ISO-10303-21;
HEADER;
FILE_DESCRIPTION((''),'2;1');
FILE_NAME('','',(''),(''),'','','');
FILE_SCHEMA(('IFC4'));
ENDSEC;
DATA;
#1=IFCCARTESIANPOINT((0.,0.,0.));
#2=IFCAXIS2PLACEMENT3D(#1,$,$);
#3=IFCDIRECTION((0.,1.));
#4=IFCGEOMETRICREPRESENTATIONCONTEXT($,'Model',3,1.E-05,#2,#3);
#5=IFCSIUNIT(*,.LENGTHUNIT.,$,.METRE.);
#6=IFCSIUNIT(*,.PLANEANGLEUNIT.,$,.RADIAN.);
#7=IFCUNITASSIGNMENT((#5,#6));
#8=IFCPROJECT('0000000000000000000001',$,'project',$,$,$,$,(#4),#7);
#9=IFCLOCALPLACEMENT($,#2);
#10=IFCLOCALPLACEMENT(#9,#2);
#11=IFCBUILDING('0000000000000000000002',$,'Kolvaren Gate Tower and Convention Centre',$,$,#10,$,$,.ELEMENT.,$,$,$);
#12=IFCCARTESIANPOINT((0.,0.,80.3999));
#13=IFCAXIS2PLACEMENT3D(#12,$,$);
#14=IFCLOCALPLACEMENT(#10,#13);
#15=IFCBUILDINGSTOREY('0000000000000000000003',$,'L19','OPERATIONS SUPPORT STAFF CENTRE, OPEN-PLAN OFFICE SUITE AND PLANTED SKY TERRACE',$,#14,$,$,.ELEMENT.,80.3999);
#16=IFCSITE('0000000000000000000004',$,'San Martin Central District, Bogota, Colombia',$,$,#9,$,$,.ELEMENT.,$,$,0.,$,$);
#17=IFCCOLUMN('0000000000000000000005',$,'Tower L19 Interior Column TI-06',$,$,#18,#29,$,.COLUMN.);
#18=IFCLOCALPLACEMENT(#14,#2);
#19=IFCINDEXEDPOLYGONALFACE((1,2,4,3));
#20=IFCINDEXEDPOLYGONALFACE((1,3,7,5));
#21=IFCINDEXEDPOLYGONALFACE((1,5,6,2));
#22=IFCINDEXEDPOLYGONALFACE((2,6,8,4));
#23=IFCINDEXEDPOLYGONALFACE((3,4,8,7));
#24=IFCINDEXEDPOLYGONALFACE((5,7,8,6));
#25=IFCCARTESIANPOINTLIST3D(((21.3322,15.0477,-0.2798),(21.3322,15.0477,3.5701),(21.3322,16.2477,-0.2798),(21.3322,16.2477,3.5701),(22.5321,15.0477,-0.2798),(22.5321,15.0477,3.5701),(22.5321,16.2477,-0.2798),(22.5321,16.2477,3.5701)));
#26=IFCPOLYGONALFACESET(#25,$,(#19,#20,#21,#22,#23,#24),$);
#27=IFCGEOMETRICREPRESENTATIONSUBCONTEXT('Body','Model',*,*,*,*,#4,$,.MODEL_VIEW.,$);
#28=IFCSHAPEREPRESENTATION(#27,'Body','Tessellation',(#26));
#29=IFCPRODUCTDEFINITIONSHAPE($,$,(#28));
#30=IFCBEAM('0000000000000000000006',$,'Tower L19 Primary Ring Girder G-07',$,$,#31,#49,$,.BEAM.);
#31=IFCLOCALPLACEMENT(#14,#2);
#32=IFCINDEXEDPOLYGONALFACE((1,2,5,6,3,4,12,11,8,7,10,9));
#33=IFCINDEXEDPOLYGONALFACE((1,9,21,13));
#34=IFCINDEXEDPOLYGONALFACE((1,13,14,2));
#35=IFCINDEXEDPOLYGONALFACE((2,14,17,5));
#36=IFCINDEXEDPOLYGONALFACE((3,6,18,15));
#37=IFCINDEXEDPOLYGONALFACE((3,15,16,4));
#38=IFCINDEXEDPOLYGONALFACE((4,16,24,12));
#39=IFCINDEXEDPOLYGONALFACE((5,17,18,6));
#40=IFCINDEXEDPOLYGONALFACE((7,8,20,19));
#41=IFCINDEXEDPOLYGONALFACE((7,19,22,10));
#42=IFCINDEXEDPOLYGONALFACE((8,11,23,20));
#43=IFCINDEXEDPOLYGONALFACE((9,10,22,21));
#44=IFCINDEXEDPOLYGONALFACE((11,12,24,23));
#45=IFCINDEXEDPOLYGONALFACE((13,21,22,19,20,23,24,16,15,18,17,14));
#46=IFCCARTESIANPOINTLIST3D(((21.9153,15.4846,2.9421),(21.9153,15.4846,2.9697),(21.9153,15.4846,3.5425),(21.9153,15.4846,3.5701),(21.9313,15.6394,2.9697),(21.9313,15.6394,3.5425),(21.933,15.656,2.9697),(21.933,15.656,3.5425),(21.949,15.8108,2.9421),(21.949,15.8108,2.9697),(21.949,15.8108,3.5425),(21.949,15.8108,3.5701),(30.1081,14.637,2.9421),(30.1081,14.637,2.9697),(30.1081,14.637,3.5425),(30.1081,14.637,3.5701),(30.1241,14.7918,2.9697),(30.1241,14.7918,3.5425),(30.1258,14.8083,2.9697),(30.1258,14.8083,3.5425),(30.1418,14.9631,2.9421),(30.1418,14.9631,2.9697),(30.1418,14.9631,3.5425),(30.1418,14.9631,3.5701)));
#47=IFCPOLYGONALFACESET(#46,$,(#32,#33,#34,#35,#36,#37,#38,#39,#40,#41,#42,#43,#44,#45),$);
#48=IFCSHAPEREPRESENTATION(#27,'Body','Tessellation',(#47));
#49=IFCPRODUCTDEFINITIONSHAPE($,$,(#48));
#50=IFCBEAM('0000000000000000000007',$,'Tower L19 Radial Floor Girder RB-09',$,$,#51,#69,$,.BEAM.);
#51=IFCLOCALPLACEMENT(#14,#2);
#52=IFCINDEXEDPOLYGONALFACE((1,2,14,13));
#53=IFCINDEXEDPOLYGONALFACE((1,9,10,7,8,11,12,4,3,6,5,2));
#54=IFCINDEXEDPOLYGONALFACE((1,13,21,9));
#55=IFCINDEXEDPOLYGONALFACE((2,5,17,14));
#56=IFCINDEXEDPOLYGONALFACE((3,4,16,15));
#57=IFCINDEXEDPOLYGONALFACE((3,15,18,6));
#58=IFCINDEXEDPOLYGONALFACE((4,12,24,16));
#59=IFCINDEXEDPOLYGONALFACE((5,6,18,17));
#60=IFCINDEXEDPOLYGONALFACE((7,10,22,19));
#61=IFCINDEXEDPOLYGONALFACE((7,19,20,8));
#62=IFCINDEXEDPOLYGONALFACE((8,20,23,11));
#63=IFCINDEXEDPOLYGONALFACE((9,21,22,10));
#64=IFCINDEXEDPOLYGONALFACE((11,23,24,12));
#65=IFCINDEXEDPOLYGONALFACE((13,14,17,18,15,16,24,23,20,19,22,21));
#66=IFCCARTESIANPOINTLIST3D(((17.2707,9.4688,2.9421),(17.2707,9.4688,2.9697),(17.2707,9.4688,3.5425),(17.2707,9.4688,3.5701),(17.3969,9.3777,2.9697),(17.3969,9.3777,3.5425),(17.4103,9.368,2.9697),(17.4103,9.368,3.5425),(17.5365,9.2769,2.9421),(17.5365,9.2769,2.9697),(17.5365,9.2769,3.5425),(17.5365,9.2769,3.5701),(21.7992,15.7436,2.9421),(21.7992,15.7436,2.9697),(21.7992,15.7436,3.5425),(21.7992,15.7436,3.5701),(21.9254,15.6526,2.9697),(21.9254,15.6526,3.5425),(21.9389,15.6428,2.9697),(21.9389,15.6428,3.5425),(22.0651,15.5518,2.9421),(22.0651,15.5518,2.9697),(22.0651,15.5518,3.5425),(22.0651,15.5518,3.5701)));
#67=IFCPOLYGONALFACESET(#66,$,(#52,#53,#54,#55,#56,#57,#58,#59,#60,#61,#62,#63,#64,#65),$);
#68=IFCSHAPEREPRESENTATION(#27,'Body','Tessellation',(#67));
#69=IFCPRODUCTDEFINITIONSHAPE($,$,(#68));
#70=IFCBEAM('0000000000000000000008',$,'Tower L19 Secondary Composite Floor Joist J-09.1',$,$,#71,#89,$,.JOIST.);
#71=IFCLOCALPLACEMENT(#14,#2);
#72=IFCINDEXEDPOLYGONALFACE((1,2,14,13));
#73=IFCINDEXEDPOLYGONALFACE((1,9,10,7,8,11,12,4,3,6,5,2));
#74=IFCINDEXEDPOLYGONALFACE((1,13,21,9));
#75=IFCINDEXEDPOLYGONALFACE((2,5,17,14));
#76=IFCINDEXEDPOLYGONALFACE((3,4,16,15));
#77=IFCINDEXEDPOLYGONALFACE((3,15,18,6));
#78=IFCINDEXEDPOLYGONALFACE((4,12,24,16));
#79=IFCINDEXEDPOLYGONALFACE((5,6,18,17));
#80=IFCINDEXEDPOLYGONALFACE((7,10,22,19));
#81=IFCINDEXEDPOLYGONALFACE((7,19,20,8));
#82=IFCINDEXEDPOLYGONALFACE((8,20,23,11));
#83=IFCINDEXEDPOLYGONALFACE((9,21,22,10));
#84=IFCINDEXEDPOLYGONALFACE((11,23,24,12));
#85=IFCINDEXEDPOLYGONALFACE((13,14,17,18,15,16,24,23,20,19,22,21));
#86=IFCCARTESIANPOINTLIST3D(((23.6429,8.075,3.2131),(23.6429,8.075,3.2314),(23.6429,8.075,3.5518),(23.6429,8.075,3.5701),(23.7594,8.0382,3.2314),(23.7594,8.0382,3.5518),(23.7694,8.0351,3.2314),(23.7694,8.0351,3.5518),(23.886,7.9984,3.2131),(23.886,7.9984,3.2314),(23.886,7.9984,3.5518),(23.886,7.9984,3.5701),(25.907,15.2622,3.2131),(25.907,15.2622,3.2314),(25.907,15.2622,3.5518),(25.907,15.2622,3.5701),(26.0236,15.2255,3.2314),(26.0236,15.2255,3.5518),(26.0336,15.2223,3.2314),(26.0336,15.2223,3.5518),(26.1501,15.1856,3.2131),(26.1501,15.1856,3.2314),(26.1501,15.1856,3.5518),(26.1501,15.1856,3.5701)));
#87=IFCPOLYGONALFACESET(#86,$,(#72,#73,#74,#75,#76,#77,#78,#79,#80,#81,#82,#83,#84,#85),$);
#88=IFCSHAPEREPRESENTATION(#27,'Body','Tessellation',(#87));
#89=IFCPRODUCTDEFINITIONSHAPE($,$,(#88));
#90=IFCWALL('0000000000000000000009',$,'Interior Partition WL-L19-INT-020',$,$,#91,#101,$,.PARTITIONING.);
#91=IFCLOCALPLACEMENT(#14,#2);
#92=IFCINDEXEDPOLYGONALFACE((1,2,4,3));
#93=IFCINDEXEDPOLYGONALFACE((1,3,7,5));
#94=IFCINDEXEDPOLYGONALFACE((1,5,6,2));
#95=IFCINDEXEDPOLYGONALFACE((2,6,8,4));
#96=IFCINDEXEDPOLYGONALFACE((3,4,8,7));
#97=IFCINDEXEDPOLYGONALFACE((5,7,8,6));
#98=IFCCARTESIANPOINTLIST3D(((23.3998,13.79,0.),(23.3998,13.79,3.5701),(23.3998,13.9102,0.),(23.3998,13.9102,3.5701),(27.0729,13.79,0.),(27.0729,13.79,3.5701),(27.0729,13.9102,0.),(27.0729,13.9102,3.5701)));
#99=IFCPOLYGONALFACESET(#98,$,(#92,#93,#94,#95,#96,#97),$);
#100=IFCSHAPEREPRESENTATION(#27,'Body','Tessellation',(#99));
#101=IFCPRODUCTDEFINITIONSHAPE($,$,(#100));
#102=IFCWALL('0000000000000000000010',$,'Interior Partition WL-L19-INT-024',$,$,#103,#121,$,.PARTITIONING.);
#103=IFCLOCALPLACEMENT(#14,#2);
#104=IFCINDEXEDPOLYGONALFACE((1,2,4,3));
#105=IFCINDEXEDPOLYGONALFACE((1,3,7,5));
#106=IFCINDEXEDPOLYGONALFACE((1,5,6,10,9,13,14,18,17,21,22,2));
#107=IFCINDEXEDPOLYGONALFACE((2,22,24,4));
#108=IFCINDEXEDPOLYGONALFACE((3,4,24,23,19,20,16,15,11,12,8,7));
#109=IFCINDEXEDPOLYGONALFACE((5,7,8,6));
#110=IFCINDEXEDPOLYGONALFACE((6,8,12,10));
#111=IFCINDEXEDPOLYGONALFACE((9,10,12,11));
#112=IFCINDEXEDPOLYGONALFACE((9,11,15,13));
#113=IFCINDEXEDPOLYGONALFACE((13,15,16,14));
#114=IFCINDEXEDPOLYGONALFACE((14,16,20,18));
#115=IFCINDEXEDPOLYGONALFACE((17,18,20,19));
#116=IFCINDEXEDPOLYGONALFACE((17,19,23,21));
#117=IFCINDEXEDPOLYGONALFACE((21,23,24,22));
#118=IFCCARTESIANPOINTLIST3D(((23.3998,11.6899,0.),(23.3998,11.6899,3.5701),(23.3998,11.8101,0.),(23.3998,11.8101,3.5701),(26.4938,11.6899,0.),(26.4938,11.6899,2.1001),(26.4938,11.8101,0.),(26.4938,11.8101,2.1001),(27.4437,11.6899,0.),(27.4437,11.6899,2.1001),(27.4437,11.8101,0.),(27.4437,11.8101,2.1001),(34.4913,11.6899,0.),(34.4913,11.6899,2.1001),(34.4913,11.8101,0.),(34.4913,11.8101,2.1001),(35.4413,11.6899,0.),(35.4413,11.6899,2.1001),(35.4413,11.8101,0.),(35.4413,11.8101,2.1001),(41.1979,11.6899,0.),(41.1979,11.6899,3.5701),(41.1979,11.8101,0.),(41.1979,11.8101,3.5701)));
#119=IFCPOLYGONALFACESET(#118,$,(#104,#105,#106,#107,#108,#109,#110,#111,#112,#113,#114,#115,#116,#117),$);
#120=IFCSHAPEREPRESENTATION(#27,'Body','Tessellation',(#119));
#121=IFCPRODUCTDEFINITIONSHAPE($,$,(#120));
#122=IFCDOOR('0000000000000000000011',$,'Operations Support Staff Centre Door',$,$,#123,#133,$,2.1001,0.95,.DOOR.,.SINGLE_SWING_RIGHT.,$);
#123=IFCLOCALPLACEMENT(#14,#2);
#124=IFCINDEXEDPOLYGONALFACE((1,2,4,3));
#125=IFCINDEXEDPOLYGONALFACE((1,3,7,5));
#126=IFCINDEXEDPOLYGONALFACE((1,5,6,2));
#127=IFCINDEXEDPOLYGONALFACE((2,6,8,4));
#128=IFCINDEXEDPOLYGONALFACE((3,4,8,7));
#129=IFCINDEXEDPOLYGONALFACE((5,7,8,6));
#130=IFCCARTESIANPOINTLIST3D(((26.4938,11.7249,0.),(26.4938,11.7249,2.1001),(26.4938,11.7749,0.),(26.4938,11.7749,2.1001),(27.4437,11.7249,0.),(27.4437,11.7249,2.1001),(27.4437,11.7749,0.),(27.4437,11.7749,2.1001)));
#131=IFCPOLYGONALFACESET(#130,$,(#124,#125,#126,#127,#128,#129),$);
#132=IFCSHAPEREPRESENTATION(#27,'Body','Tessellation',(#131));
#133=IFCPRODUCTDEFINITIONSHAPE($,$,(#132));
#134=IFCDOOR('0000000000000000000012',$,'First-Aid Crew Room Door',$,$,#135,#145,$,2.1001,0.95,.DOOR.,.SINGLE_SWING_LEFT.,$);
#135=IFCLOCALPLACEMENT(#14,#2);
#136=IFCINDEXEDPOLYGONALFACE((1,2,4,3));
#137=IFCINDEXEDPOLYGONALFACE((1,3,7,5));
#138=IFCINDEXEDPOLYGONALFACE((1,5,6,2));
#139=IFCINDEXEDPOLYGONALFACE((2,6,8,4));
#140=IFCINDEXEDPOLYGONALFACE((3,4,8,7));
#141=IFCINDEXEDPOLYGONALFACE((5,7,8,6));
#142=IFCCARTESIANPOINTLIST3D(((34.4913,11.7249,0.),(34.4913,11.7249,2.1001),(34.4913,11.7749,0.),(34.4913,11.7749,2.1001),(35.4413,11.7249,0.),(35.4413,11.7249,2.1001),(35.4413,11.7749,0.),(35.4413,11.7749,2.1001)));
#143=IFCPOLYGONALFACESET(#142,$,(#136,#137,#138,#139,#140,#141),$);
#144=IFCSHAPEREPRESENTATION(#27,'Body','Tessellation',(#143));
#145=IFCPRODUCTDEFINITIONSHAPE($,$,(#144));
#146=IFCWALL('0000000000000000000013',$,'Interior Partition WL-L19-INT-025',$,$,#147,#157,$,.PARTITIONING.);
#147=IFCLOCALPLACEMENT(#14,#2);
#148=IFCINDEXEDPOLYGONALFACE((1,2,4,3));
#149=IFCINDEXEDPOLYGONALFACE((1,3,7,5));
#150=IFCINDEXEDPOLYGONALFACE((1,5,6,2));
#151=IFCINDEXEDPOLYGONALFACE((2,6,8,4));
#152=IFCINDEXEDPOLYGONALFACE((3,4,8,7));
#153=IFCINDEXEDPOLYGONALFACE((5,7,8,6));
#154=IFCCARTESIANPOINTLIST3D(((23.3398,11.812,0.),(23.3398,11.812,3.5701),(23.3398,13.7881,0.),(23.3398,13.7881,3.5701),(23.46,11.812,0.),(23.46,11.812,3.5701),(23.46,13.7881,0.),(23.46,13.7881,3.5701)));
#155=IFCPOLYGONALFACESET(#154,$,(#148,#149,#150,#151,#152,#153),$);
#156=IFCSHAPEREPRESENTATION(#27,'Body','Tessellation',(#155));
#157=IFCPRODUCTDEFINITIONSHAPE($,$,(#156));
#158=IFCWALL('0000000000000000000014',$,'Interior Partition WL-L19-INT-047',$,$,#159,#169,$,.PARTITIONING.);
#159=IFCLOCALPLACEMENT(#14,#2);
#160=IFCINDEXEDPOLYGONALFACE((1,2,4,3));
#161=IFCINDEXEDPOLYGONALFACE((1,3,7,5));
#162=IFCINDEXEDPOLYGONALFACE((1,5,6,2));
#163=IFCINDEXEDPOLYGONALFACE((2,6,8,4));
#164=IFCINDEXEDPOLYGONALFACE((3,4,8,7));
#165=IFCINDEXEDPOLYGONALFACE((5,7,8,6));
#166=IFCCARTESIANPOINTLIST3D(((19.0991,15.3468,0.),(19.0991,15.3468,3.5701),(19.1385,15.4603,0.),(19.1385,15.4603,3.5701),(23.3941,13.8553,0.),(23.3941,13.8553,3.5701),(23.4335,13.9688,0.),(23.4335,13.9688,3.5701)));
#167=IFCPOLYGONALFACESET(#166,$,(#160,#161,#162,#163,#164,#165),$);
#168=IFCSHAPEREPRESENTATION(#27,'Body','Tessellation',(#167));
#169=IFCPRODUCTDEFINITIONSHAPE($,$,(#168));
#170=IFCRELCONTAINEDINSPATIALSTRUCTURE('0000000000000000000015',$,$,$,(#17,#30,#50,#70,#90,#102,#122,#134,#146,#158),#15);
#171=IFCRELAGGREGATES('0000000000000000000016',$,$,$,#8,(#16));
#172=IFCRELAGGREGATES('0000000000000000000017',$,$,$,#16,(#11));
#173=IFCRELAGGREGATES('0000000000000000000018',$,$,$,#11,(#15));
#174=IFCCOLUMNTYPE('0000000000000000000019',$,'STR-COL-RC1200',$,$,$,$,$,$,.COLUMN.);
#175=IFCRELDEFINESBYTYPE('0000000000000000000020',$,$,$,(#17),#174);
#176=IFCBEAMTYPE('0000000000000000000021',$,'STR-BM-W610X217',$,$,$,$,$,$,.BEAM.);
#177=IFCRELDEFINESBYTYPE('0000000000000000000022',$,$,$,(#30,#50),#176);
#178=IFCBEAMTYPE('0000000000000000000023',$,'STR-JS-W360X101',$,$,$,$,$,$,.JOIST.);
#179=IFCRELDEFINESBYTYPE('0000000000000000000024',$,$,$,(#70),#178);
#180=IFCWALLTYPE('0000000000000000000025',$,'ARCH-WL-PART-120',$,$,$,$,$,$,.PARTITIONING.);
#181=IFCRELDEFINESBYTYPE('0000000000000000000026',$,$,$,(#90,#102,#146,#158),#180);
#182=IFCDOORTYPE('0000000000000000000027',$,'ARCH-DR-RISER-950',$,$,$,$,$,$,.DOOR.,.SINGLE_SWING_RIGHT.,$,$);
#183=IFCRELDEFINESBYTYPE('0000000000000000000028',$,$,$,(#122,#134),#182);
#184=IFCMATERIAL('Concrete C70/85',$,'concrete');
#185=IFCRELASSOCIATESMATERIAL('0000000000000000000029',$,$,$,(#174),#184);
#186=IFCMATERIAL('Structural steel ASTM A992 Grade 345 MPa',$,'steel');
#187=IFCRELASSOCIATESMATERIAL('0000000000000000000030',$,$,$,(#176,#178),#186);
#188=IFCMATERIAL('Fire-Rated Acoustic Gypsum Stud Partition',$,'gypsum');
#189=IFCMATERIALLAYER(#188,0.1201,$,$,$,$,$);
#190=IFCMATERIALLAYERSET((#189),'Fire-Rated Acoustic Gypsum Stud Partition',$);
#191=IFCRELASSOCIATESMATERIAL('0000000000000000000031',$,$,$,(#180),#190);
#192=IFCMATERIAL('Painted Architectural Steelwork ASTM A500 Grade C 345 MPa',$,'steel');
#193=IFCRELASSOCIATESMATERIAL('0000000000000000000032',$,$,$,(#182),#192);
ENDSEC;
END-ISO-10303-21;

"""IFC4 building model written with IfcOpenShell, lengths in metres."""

from ifc_helpers import new_model, si_unit, direction, frame, frame_2d, origin, origin_2d, place, context, subcontext, project, spatial, rectangle, i_section, extrude, material, layer, layer_set, material_profile, profile_set, type_object, element, fill, save


model = new_model("IFC4")

# Units and contexts
model_context = context("Model", 3, precision=1e-05, world=origin(), true_north=direction((0.0, 1.0)))
body_context = subcontext(model_context, "Body", "Model", "MODEL_VIEW")
ifc_project = project(units=[si_unit("LENGTHUNIT", "METRE"), si_unit("PLANEANGLEUNIT", "RADIAN")], contexts=[model_context])

# Site, building, storey
site_placement = place(None, origin())
site = spatial("IfcSite", under=ifc_project, at=site_placement, Name="San Martin Central District, Bogota, Colombia", CompositionType="ELEMENT", RefElevation=0.0)
building_placement = place(site_placement, origin())
building = spatial("IfcBuilding", under=site, at=building_placement, Name="Kolvaren Gate Tower and Convention Centre", CompositionType="ELEMENT")
storey_placement = place(building_placement, frame((0.0, 0.0, 80.3999)))
storey = spatial("IfcBuildingStorey", under=building, at=storey_placement, Name="L19", Description="OPERATIONS SUPPORT STAFF CENTRE, OPEN-PLAN OFFICE SUITE AND PLANTED SKY TERRACE", CompositionType="ELEMENT", Elevation=80.3999)

# Column
ifc_material_1 = material(Name="Concrete C70/85", Category="concrete")
ifc_material_profile_1 = material_profile(ifc_material_1, rectangle(XDim=1.2, YDim=1.2, at=origin_2d()), Name="RC-COL-1200X1200")
ifc_profile_set_1 = profile_set([ifc_material_profile_1], Name="Concrete C70/85")
column_type = type_object("IfcColumnType", Name="STR-COL-RC1200", PredefinedType="COLUMN", material=ifc_profile_set_1)
column_placement = place(storey_placement, frame((21.9321, 15.6477, -0.2798), z_axis=(0.0, 0.0, 1.0), x_axis=(1.0, 0.0, 0.0)))
element("IfcColumn", 1, at=column_placement, inside=storey, type_object=column_type, Name="Tower L19 Interior Column TI-06", PredefinedType="COLUMN", context=body_context, shape_type="SweptSolid", body=[
    extrude(rectangle(XDim=1.2, YDim=1.2, at=origin_2d()), origin(), (0.0, 0.0, 1.0), 3.8499),
])

# Beams
ifc_material_2 = material(Name="Structural steel ASTM A992 Grade 345 MPa", Category="steel")
ifc_material_profile_2 = material_profile(ifc_material_2, i_section(OverallWidth=0.3279, OverallDepth=0.6279, WebThickness=0.0166, FlangeThickness=0.0276, at=origin_2d()), Name="W610X217")
ifc_profile_set_2 = profile_set([ifc_material_profile_2], Name="Structural steel ASTM A992 Grade 345 MPa")
beam_type_1 = type_object("IfcBeamType", Name="STR-BM-W610X217", PredefinedType="BEAM", material=ifc_profile_set_2)
beam_1_placement = place(storey_placement, frame((21.9321, 15.6477, 3.2561), z_axis=(0.99469, -0.102913, 0.0), x_axis=(0.102913, 0.99469, 0.0)))
element("IfcBeam", 2, at=beam_1_placement, inside=storey, type_object=beam_type_1, Name="Tower L19 Primary Ring Girder G-07", PredefinedType="BEAM", context=body_context, shape_type="SweptSolid", body=[
    extrude(i_section(OverallWidth=0.3279, OverallDepth=0.6279, WebThickness=0.0166, FlangeThickness=0.0276, at=origin_2d()), origin(), (0.0, 0.0, 1.0), 8.2366),
])
beam_2_placement = place(storey_placement, frame((21.9321, 15.6477, 3.2561), z_axis=(-0.585209, -0.810882, 0.0), x_axis=(0.810882, -0.585209, 0.0)))
element("IfcBeam", 3, at=beam_2_placement, inside=storey, type_object=beam_type_1, Name="Tower L19 Radial Floor Girder RB-09", PredefinedType="BEAM", context=body_context, shape_type="SweptSolid", body=[
    extrude(i_section(OverallWidth=0.3279, OverallDepth=0.6279, WebThickness=0.0166, FlangeThickness=0.0276, at=origin_2d()), origin(), (0.0, 0.0, 1.0), 7.7383),
])
ifc_material_profile_3 = material_profile(ifc_material_2, i_section(OverallWidth=0.2549, OverallDepth=0.3569, WebThickness=0.0105, FlangeThickness=0.0183, at=origin_2d()), Name="W360X101")
ifc_profile_set_3 = profile_set([ifc_material_profile_3], Name="Structural steel ASTM A992 Grade 345 MPa")
beam_type_2 = type_object("IfcBeamType", Name="STR-JS-W360X101", PredefinedType="JOIST", material=ifc_profile_set_3)
beam_3_placement = place(storey_placement, frame((26.0286, 15.2239, 3.3916), z_axis=(-0.300468, -0.953792, 0.0), x_axis=(0.953792, -0.300468, 0.0)))
element("IfcBeam", 4, at=beam_3_placement, inside=storey, type_object=beam_type_2, Name="Tower L19 Secondary Composite Floor Joist J-09.1", PredefinedType="JOIST", context=body_context, shape_type="SweptSolid", body=[
    extrude(i_section(OverallWidth=0.2549, OverallDepth=0.3569, WebThickness=0.0105, FlangeThickness=0.0183, at=origin_2d()), origin(), (0.0, 0.0, 1.0), 7.5354),
])

# Wall
ifc_material_3 = material(Name="Fire-Rated Acoustic Gypsum Stud Partition", Category="gypsum")
ifc_layer_1 = layer(ifc_material_3, 0.1201)
ifc_layer_set_1 = layer_set([ifc_layer_1], Name="Fire-Rated Acoustic Gypsum Stud Partition")
wall_type_1 = type_object("IfcWallType", Name="ARCH-WL-PART-120", PredefinedType="PARTITIONING", material=ifc_layer_set_1)
wall_1_placement = place(storey_placement, frame((23.3999, 13.8501, 0.0), z_axis=(0.0, 0.0, 1.0), x_axis=(1.0, 0.0, 0.0)))
element("IfcWall", 5, at=wall_1_placement, inside=storey, type_object=wall_type_1, Name="Interior Partition WL-L19-INT-020", PredefinedType="PARTITIONING", context=body_context, shape_type="SweptSolid", body=[
    extrude(rectangle(XDim=3.6731, YDim=0.1201, at=frame_2d((1.8364, 0.0))), origin(), (0.0, 0.0, 1.0), 3.5701),
])

# Wall, openings, doors
wall_2_placement = place(storey_placement, frame((23.3999, 11.75, 0.0), z_axis=(0.0, 0.0, 1.0), x_axis=(1.0, 0.0, 0.0)))
wall_2 = element("IfcWall", 6, at=wall_2_placement, inside=storey, type_object=wall_type_1, Name="Interior Partition WL-L19-INT-024", PredefinedType="PARTITIONING", context=body_context, shape_type="SweptSolid", body=[
    extrude(rectangle(XDim=17.7981, YDim=0.1201, at=frame_2d((8.8989, 0.0))), origin(), (0.0, 0.0, 1.0), 3.5701),
])
opening_1_placement = place(wall_2_placement, frame((3.0938, 0.0, 0.0)))
opening_1 = element("IfcOpeningElement", 7, at=opening_1_placement, cuts=wall_2, PredefinedType="OPENING", context=body_context, shape_type="SweptSolid", body=[
    extrude(rectangle(XDim=0.95, YDim=2.1001, at=frame_2d((0.4751, 1.05))), frame((0.0, 0.0701, 0.0), z_axis=(0.0, -1.0, 0.0), x_axis=(1.0, 0.0, 0.0)), (0.0, 0.0, 1.0), 0.1401),
])
opening_2_placement = place(wall_2_placement, frame((11.0913, 0.0, 0.0)))
opening_2 = element("IfcOpeningElement", 8, at=opening_2_placement, cuts=wall_2, PredefinedType="OPENING", context=body_context, shape_type="SweptSolid", body=[
    extrude(rectangle(XDim=0.95, YDim=2.1001, at=frame_2d((0.4751, 1.05))), frame((0.0, 0.0701, 0.0), z_axis=(0.0, -1.0, 0.0), x_axis=(1.0, 0.0, 0.0)), (0.0, 0.0, 1.0), 0.1401),
])
ifc_material_4 = material(Name="Painted Architectural Steelwork ASTM A500 Grade C 345 MPa", Category="steel")
door_type_1 = type_object("IfcDoorType", Name="ARCH-DR-RISER-950", OperationType="SINGLE_SWING_RIGHT", PredefinedType="DOOR", material=ifc_material_4)
door_1_placement = place(opening_1_placement, origin())
door_1 = element("IfcDoor", 9, at=door_1_placement, inside=storey, type_object=door_type_1, Name="Operations Support Staff Centre Door", OperationType="SINGLE_SWING_RIGHT", OverallHeight=2.1001, OverallWidth=0.95, PredefinedType="DOOR", context=body_context, shape_type="SweptSolid", body=[
    extrude(rectangle(XDim=0.95, YDim=2.1001, at=frame_2d((0.4751, 1.05))), frame((0.0, 0.0249, 0.0), z_axis=(0.0, -1.0, 0.0), x_axis=(1.0, 0.0, 0.0)), (0.0, 0.0, 1.0), 0.05),
])
fill(opening_1, door_1)
door_2_placement = place(opening_2_placement, origin())
door_2 = element("IfcDoor", 10, at=door_2_placement, inside=storey, type_object=door_type_1, Name="First-Aid Crew Room Door", OperationType="SINGLE_SWING_LEFT", OverallHeight=2.1001, OverallWidth=0.95, PredefinedType="DOOR", context=body_context, shape_type="SweptSolid", body=[
    extrude(rectangle(XDim=0.95, YDim=2.1001, at=frame_2d((0.4751, 1.05))), frame((0.0, 0.0249, 0.0), z_axis=(0.0, -1.0, 0.0), x_axis=(1.0, 0.0, 0.0)), (0.0, 0.0, 1.0), 0.05),
])
fill(opening_2, door_2)

# Walls
wall_3_placement = place(storey_placement, frame((23.3999, 11.812, 0.0), z_axis=(0.0, 0.0, 1.0), x_axis=(0.0, 1.0, 0.0)))
element("IfcWall", 11, at=wall_3_placement, inside=storey, type_object=wall_type_1, Name="Interior Partition WL-L19-INT-025", PredefinedType="PARTITIONING", context=body_context, shape_type="SweptSolid", body=[
    extrude(rectangle(XDim=1.9761, YDim=0.1201, at=frame_2d((0.988, 0.0))), origin(), (0.0, 0.0, 1.0), 3.5701),
])
wall_4_placement = place(storey_placement, frame((19.1187, 15.4036, 0.0), z_axis=(0.0, 0.0, 1.0), x_axis=(0.944663, -0.328044, 0.0)))
element("IfcWall", 12, at=wall_4_placement, inside=storey, type_object=wall_type_1, Name="Interior Partition WL-L19-INT-047", PredefinedType="PARTITIONING", context=body_context, shape_type="SweptSolid", body=[
    extrude(rectangle(XDim=4.5466, YDim=0.1201, at=frame_2d((2.2734, 0.0))), origin(), (0.0, 0.0, 1.0), 3.5701),
])

save(model, "model.ifc")
